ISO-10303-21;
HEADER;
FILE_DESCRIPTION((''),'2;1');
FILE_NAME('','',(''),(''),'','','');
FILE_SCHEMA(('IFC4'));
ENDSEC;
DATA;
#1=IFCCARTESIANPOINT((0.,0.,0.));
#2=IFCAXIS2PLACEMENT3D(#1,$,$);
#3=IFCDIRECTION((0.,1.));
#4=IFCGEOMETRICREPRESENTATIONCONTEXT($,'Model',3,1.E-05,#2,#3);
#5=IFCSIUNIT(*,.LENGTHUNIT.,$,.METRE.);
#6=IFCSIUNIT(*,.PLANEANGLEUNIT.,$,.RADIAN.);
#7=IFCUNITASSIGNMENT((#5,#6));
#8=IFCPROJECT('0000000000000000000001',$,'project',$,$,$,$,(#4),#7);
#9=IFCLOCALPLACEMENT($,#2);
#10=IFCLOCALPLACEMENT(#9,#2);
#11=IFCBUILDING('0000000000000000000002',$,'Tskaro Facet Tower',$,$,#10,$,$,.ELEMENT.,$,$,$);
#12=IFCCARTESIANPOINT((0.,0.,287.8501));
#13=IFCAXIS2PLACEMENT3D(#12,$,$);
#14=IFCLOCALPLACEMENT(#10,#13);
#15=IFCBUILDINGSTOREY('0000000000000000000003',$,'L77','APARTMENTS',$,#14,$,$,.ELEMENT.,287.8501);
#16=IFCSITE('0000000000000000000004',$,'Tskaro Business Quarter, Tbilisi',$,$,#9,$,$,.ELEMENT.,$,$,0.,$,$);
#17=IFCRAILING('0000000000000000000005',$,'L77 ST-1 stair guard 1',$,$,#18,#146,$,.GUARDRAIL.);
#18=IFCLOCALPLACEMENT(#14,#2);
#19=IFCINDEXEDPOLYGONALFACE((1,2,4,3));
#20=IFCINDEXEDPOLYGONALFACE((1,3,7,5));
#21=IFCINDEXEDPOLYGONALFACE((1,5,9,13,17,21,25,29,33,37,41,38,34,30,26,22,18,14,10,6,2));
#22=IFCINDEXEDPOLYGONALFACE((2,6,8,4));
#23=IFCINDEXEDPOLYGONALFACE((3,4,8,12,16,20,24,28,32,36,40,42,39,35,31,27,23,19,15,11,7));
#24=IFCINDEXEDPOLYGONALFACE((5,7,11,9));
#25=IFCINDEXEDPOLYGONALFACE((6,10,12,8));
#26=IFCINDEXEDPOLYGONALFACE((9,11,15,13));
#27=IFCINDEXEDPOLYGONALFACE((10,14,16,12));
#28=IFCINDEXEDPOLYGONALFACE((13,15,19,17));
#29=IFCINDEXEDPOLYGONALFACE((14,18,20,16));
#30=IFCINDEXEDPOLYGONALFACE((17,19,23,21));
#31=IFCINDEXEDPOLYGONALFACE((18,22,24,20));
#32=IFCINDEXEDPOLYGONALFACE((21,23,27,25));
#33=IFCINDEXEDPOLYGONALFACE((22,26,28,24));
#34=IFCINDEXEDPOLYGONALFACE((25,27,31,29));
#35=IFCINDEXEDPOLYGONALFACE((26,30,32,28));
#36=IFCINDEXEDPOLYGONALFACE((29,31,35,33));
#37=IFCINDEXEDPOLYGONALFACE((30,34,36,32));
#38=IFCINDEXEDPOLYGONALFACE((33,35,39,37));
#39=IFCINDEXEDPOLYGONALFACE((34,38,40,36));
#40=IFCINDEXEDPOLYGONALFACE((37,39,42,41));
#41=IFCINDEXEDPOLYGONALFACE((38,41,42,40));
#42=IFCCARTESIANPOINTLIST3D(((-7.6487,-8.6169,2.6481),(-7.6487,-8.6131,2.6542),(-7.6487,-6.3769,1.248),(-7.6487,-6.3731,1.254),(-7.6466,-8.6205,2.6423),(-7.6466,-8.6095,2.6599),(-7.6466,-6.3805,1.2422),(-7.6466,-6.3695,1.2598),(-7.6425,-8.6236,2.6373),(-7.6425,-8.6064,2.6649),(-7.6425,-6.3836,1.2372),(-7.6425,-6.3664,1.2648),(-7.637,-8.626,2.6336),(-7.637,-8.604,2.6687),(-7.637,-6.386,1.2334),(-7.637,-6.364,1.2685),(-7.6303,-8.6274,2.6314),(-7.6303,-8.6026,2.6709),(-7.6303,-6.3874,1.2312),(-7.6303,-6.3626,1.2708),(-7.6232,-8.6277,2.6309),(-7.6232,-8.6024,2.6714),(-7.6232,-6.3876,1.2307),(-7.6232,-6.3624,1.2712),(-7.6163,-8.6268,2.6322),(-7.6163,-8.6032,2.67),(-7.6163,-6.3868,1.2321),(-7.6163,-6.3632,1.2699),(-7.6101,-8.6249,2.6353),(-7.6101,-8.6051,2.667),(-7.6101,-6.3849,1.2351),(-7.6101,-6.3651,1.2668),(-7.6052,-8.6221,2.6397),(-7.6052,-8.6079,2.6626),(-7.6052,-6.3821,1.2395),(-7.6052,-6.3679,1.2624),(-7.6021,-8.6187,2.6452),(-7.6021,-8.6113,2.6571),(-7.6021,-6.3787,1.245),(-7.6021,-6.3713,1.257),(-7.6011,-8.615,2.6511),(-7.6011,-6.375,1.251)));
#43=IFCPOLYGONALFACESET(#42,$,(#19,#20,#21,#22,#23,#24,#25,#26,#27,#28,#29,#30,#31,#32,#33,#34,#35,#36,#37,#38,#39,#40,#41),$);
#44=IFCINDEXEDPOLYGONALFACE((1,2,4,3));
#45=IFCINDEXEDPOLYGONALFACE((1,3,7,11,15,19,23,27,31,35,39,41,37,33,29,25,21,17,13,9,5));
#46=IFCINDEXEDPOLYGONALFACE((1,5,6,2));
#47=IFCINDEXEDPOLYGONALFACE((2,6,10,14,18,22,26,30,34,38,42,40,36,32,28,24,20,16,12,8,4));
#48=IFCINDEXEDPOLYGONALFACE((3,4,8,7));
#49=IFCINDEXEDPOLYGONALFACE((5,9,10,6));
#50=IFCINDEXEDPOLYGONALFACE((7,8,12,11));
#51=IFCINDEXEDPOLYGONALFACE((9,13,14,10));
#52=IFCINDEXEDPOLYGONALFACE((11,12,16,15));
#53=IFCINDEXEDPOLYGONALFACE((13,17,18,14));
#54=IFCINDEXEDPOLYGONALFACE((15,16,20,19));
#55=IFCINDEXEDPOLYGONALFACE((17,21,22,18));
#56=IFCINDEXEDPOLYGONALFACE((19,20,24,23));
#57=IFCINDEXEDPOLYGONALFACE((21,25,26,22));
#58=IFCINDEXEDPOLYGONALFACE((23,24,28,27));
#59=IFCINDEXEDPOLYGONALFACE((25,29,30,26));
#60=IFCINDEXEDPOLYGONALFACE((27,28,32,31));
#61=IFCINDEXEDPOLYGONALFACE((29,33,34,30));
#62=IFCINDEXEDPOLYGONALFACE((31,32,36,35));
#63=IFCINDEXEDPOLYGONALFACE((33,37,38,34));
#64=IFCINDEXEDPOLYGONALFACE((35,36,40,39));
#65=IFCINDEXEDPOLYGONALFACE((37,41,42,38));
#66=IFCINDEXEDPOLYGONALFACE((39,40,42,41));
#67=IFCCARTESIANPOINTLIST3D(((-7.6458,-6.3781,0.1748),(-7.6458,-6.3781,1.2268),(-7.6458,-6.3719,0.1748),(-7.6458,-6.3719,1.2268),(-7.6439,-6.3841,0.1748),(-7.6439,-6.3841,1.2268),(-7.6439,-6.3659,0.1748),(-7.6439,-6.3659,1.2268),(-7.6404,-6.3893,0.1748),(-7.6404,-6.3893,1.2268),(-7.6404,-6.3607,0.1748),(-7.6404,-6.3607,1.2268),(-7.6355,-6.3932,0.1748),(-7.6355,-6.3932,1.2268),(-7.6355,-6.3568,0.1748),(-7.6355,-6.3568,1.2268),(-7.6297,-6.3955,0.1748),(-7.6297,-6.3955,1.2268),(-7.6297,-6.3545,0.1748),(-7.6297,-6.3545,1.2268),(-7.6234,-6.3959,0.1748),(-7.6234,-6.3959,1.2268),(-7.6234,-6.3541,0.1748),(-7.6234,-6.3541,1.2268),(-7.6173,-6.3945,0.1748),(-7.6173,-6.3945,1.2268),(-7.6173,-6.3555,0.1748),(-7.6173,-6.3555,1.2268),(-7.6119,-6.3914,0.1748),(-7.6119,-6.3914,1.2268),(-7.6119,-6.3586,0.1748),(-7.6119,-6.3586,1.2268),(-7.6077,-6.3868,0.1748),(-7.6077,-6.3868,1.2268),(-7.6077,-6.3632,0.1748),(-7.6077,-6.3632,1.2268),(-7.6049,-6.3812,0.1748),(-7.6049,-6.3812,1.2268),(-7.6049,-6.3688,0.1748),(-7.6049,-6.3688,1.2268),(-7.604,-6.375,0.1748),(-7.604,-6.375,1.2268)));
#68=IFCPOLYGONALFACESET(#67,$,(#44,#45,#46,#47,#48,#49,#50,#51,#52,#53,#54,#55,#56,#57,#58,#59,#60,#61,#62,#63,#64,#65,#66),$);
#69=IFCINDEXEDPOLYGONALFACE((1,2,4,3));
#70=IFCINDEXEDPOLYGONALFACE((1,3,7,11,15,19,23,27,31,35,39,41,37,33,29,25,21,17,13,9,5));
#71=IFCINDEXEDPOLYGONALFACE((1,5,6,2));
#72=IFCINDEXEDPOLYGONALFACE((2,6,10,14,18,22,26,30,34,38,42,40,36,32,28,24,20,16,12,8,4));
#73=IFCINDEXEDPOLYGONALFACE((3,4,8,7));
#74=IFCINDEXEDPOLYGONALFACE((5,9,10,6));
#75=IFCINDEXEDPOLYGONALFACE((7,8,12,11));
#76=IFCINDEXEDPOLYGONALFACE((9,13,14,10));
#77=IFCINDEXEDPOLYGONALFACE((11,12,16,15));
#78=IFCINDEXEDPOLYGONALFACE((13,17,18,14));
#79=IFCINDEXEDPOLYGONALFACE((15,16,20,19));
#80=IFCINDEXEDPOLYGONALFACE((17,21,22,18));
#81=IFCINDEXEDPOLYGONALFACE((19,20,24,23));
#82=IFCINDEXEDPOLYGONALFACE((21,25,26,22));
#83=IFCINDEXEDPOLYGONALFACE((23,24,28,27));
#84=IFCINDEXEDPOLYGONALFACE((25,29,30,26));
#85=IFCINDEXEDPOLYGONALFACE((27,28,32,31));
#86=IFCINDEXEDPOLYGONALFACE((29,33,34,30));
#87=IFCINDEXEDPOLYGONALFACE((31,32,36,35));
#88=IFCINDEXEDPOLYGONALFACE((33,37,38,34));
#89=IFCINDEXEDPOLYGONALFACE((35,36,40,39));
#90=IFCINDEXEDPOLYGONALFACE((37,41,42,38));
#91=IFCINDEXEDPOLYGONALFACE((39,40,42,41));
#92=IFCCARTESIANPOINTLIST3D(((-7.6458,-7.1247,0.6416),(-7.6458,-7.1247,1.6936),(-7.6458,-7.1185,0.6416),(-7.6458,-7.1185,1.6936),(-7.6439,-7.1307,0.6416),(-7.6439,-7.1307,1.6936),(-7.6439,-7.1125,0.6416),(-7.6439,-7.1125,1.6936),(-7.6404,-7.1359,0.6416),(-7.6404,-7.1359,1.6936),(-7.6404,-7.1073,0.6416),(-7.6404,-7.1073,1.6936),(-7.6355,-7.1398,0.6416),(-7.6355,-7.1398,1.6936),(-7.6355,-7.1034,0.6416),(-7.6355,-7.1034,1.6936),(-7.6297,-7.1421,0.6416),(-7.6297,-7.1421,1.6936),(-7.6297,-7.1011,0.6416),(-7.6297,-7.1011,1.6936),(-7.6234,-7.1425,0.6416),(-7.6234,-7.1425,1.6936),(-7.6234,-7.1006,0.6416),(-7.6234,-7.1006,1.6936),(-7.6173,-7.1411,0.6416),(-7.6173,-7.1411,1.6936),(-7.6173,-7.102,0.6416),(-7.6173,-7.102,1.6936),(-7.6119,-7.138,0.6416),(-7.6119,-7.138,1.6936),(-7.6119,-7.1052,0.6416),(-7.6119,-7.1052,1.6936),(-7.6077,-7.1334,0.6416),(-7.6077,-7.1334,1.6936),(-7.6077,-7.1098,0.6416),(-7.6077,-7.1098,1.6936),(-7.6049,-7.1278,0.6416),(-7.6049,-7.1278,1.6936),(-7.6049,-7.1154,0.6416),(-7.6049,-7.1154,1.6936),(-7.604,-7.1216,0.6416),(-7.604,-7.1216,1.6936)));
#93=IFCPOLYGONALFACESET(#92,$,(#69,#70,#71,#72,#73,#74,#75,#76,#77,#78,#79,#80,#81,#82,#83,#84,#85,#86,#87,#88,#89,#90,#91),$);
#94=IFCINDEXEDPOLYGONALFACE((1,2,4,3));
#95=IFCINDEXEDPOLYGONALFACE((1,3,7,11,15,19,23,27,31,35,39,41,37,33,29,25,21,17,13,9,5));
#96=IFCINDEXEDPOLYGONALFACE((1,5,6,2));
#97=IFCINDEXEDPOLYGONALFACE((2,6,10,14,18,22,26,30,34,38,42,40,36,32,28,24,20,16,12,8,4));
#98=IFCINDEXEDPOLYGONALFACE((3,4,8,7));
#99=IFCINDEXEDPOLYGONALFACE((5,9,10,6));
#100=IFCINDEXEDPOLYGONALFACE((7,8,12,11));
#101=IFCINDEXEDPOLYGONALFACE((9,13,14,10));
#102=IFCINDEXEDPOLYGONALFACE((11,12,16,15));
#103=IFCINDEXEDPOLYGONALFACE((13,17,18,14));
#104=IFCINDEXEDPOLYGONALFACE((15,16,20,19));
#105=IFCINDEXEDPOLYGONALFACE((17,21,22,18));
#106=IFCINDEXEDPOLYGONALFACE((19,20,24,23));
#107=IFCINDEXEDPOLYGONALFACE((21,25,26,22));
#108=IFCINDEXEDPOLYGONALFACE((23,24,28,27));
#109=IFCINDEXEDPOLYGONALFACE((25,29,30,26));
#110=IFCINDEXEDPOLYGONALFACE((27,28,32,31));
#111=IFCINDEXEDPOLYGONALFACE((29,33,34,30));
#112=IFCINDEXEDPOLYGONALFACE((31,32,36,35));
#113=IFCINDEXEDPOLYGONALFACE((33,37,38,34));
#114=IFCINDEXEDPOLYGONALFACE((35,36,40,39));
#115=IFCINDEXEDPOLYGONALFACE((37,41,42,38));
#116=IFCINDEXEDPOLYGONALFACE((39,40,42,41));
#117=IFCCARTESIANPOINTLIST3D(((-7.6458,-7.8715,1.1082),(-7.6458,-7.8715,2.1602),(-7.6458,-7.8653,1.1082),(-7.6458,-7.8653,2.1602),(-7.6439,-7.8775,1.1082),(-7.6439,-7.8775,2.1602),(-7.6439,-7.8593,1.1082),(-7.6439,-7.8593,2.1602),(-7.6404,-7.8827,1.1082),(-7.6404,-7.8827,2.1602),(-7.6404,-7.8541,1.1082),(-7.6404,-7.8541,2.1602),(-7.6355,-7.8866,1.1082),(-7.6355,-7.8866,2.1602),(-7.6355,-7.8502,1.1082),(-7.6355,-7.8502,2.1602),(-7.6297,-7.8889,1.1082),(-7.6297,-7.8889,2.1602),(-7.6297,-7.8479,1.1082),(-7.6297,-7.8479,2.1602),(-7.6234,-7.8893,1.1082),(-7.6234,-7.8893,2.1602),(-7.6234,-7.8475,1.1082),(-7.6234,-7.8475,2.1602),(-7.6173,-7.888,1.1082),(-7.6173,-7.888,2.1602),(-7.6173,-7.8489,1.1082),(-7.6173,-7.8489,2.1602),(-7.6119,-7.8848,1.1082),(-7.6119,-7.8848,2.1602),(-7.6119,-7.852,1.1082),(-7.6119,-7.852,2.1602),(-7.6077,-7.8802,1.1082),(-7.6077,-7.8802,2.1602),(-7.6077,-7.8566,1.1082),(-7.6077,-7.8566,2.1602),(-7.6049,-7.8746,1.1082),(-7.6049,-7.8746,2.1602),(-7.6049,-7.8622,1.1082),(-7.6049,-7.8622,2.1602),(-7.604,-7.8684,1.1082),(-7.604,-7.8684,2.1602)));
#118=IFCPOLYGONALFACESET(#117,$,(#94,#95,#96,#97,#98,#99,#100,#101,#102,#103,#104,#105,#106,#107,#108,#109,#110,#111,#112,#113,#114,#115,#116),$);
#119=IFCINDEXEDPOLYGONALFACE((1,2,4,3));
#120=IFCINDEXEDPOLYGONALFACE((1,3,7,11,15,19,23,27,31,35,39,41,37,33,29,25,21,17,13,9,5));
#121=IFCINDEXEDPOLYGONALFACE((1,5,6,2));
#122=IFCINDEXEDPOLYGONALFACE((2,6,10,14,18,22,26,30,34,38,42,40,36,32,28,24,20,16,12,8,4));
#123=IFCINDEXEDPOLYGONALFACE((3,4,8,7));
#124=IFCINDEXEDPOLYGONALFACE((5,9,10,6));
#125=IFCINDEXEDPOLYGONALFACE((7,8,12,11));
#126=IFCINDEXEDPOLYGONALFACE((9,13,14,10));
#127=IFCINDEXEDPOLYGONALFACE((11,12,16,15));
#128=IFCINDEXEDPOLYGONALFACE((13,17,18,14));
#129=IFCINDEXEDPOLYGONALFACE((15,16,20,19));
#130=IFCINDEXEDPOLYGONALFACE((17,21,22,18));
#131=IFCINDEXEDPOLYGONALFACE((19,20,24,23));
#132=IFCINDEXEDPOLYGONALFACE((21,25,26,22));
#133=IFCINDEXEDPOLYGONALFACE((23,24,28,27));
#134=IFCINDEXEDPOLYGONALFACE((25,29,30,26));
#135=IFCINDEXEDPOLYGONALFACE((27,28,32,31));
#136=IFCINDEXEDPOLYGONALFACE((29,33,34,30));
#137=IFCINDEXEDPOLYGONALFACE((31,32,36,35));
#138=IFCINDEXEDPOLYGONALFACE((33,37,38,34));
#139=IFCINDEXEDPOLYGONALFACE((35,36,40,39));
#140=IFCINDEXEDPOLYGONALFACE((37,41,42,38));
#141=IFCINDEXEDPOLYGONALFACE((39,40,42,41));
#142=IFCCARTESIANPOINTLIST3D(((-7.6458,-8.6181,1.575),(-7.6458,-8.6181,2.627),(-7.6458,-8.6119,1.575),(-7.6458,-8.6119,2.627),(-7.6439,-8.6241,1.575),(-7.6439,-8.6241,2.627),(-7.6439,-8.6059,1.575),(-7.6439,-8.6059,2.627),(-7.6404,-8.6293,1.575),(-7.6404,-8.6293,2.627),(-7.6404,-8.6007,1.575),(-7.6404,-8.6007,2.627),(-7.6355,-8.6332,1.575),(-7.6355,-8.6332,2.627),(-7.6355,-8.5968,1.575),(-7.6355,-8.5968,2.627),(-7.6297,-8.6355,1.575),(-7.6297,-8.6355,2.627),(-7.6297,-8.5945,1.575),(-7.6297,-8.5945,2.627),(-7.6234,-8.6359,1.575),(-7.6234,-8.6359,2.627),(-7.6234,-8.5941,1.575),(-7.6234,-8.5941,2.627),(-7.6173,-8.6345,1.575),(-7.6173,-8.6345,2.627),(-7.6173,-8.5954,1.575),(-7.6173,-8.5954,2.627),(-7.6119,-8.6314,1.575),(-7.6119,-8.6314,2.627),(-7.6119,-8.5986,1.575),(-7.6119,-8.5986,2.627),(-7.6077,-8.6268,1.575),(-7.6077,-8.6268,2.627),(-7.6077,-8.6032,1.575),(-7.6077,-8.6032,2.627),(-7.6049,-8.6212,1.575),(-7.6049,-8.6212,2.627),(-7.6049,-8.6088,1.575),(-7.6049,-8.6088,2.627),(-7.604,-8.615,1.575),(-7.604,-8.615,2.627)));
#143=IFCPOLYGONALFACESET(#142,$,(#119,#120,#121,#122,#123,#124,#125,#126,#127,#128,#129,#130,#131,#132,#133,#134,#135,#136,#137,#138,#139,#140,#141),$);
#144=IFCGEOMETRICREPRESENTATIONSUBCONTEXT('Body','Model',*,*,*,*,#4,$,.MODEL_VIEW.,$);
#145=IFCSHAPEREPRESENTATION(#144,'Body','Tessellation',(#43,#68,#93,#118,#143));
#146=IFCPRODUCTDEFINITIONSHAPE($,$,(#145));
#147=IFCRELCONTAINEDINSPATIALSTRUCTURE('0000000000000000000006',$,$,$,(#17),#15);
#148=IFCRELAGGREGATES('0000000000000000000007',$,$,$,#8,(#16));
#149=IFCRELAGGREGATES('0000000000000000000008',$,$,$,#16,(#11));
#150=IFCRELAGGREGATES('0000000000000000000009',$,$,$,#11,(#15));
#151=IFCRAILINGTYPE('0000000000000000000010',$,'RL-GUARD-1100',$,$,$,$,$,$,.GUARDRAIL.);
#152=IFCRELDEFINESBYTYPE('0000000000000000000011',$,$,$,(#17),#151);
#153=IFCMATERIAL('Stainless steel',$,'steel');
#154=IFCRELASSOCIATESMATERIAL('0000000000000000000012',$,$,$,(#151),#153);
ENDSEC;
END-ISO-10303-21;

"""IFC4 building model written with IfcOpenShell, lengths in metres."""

from ifc_helpers import new_model, si_unit, direction, frame, origin, origin_2d, place, context, subcontext, project, spatial, circle, extrude, material, type_object, element, save


model = new_model("IFC4")

# Units and contexts
model_context = context("Model", 3, precision=1e-05, world=origin(), true_north=direction((0.0, 1.0)))
body_context = subcontext(model_context, "Body", "Model", "MODEL_VIEW")
ifc_project = project(units=[si_unit("LENGTHUNIT", "METRE"), si_unit("PLANEANGLEUNIT", "RADIAN")], contexts=[model_context])

# Site, building, storey
site_placement = place(None, origin())
site = spatial("IfcSite", under=ifc_project, at=site_placement, Name="Tskaro Business Quarter, Tbilisi", CompositionType="ELEMENT", RefElevation=0.0)
building_placement = place(site_placement, origin())
building = spatial("IfcBuilding", under=site, at=building_placement, Name="Tskaro Facet Tower", CompositionType="ELEMENT")
storey_placement = place(building_placement, frame((0.0, 0.0, 287.8501)))
storey = spatial("IfcBuildingStorey", under=building, at=storey_placement, Name="L77", Description="APARTMENTS", CompositionType="ELEMENT", Elevation=287.8501)

# Shared definitions
ifc_material_1 = material(Name="Stainless steel", Category="steel")

# Railing
railing_type_1 = type_object("IfcRailingType", Name="RL-GUARD-1100", PredefinedType="GUARDRAIL", material=ifc_material_1)
railing_1_placement = place(storey_placement, frame((-7.625, -6.375, 0.1748)))
element("IfcRailing", 1, at=railing_1_placement, inside=storey, type_object=railing_type_1, Name="L77 ST-1 stair guard 1", PredefinedType="GUARDRAIL", context=body_context, shape_type="SweptSolid", body=[
    extrude(circle(Radius=0.0239, at=origin_2d()), frame((0.0, 0.0, 1.0762), z_axis=(0.0, -0.847972, 0.53004), x_axis=(1.0, 0.0, 0.0)), (0.0, 0.0, 1.0), 2.6416),
    extrude(circle(Radius=0.021, at=origin_2d()), origin(), (0.0, 0.0, 1.0), 1.052),
    extrude(circle(Radius=0.021, at=origin_2d()), frame((0.0, -0.7466, 0.4668)), (0.0, 0.0, 1.0), 1.052),
    extrude(circle(Radius=0.021, at=origin_2d()), frame((0.0, -1.4934, 0.9333)), (0.0, 0.0, 1.0), 1.052),
    extrude(circle(Radius=0.021, at=origin_2d()), frame((0.0, -2.24, 1.4001)), (0.0, 0.0, 1.0), 1.052),
])

save(model, "model.ifc")
